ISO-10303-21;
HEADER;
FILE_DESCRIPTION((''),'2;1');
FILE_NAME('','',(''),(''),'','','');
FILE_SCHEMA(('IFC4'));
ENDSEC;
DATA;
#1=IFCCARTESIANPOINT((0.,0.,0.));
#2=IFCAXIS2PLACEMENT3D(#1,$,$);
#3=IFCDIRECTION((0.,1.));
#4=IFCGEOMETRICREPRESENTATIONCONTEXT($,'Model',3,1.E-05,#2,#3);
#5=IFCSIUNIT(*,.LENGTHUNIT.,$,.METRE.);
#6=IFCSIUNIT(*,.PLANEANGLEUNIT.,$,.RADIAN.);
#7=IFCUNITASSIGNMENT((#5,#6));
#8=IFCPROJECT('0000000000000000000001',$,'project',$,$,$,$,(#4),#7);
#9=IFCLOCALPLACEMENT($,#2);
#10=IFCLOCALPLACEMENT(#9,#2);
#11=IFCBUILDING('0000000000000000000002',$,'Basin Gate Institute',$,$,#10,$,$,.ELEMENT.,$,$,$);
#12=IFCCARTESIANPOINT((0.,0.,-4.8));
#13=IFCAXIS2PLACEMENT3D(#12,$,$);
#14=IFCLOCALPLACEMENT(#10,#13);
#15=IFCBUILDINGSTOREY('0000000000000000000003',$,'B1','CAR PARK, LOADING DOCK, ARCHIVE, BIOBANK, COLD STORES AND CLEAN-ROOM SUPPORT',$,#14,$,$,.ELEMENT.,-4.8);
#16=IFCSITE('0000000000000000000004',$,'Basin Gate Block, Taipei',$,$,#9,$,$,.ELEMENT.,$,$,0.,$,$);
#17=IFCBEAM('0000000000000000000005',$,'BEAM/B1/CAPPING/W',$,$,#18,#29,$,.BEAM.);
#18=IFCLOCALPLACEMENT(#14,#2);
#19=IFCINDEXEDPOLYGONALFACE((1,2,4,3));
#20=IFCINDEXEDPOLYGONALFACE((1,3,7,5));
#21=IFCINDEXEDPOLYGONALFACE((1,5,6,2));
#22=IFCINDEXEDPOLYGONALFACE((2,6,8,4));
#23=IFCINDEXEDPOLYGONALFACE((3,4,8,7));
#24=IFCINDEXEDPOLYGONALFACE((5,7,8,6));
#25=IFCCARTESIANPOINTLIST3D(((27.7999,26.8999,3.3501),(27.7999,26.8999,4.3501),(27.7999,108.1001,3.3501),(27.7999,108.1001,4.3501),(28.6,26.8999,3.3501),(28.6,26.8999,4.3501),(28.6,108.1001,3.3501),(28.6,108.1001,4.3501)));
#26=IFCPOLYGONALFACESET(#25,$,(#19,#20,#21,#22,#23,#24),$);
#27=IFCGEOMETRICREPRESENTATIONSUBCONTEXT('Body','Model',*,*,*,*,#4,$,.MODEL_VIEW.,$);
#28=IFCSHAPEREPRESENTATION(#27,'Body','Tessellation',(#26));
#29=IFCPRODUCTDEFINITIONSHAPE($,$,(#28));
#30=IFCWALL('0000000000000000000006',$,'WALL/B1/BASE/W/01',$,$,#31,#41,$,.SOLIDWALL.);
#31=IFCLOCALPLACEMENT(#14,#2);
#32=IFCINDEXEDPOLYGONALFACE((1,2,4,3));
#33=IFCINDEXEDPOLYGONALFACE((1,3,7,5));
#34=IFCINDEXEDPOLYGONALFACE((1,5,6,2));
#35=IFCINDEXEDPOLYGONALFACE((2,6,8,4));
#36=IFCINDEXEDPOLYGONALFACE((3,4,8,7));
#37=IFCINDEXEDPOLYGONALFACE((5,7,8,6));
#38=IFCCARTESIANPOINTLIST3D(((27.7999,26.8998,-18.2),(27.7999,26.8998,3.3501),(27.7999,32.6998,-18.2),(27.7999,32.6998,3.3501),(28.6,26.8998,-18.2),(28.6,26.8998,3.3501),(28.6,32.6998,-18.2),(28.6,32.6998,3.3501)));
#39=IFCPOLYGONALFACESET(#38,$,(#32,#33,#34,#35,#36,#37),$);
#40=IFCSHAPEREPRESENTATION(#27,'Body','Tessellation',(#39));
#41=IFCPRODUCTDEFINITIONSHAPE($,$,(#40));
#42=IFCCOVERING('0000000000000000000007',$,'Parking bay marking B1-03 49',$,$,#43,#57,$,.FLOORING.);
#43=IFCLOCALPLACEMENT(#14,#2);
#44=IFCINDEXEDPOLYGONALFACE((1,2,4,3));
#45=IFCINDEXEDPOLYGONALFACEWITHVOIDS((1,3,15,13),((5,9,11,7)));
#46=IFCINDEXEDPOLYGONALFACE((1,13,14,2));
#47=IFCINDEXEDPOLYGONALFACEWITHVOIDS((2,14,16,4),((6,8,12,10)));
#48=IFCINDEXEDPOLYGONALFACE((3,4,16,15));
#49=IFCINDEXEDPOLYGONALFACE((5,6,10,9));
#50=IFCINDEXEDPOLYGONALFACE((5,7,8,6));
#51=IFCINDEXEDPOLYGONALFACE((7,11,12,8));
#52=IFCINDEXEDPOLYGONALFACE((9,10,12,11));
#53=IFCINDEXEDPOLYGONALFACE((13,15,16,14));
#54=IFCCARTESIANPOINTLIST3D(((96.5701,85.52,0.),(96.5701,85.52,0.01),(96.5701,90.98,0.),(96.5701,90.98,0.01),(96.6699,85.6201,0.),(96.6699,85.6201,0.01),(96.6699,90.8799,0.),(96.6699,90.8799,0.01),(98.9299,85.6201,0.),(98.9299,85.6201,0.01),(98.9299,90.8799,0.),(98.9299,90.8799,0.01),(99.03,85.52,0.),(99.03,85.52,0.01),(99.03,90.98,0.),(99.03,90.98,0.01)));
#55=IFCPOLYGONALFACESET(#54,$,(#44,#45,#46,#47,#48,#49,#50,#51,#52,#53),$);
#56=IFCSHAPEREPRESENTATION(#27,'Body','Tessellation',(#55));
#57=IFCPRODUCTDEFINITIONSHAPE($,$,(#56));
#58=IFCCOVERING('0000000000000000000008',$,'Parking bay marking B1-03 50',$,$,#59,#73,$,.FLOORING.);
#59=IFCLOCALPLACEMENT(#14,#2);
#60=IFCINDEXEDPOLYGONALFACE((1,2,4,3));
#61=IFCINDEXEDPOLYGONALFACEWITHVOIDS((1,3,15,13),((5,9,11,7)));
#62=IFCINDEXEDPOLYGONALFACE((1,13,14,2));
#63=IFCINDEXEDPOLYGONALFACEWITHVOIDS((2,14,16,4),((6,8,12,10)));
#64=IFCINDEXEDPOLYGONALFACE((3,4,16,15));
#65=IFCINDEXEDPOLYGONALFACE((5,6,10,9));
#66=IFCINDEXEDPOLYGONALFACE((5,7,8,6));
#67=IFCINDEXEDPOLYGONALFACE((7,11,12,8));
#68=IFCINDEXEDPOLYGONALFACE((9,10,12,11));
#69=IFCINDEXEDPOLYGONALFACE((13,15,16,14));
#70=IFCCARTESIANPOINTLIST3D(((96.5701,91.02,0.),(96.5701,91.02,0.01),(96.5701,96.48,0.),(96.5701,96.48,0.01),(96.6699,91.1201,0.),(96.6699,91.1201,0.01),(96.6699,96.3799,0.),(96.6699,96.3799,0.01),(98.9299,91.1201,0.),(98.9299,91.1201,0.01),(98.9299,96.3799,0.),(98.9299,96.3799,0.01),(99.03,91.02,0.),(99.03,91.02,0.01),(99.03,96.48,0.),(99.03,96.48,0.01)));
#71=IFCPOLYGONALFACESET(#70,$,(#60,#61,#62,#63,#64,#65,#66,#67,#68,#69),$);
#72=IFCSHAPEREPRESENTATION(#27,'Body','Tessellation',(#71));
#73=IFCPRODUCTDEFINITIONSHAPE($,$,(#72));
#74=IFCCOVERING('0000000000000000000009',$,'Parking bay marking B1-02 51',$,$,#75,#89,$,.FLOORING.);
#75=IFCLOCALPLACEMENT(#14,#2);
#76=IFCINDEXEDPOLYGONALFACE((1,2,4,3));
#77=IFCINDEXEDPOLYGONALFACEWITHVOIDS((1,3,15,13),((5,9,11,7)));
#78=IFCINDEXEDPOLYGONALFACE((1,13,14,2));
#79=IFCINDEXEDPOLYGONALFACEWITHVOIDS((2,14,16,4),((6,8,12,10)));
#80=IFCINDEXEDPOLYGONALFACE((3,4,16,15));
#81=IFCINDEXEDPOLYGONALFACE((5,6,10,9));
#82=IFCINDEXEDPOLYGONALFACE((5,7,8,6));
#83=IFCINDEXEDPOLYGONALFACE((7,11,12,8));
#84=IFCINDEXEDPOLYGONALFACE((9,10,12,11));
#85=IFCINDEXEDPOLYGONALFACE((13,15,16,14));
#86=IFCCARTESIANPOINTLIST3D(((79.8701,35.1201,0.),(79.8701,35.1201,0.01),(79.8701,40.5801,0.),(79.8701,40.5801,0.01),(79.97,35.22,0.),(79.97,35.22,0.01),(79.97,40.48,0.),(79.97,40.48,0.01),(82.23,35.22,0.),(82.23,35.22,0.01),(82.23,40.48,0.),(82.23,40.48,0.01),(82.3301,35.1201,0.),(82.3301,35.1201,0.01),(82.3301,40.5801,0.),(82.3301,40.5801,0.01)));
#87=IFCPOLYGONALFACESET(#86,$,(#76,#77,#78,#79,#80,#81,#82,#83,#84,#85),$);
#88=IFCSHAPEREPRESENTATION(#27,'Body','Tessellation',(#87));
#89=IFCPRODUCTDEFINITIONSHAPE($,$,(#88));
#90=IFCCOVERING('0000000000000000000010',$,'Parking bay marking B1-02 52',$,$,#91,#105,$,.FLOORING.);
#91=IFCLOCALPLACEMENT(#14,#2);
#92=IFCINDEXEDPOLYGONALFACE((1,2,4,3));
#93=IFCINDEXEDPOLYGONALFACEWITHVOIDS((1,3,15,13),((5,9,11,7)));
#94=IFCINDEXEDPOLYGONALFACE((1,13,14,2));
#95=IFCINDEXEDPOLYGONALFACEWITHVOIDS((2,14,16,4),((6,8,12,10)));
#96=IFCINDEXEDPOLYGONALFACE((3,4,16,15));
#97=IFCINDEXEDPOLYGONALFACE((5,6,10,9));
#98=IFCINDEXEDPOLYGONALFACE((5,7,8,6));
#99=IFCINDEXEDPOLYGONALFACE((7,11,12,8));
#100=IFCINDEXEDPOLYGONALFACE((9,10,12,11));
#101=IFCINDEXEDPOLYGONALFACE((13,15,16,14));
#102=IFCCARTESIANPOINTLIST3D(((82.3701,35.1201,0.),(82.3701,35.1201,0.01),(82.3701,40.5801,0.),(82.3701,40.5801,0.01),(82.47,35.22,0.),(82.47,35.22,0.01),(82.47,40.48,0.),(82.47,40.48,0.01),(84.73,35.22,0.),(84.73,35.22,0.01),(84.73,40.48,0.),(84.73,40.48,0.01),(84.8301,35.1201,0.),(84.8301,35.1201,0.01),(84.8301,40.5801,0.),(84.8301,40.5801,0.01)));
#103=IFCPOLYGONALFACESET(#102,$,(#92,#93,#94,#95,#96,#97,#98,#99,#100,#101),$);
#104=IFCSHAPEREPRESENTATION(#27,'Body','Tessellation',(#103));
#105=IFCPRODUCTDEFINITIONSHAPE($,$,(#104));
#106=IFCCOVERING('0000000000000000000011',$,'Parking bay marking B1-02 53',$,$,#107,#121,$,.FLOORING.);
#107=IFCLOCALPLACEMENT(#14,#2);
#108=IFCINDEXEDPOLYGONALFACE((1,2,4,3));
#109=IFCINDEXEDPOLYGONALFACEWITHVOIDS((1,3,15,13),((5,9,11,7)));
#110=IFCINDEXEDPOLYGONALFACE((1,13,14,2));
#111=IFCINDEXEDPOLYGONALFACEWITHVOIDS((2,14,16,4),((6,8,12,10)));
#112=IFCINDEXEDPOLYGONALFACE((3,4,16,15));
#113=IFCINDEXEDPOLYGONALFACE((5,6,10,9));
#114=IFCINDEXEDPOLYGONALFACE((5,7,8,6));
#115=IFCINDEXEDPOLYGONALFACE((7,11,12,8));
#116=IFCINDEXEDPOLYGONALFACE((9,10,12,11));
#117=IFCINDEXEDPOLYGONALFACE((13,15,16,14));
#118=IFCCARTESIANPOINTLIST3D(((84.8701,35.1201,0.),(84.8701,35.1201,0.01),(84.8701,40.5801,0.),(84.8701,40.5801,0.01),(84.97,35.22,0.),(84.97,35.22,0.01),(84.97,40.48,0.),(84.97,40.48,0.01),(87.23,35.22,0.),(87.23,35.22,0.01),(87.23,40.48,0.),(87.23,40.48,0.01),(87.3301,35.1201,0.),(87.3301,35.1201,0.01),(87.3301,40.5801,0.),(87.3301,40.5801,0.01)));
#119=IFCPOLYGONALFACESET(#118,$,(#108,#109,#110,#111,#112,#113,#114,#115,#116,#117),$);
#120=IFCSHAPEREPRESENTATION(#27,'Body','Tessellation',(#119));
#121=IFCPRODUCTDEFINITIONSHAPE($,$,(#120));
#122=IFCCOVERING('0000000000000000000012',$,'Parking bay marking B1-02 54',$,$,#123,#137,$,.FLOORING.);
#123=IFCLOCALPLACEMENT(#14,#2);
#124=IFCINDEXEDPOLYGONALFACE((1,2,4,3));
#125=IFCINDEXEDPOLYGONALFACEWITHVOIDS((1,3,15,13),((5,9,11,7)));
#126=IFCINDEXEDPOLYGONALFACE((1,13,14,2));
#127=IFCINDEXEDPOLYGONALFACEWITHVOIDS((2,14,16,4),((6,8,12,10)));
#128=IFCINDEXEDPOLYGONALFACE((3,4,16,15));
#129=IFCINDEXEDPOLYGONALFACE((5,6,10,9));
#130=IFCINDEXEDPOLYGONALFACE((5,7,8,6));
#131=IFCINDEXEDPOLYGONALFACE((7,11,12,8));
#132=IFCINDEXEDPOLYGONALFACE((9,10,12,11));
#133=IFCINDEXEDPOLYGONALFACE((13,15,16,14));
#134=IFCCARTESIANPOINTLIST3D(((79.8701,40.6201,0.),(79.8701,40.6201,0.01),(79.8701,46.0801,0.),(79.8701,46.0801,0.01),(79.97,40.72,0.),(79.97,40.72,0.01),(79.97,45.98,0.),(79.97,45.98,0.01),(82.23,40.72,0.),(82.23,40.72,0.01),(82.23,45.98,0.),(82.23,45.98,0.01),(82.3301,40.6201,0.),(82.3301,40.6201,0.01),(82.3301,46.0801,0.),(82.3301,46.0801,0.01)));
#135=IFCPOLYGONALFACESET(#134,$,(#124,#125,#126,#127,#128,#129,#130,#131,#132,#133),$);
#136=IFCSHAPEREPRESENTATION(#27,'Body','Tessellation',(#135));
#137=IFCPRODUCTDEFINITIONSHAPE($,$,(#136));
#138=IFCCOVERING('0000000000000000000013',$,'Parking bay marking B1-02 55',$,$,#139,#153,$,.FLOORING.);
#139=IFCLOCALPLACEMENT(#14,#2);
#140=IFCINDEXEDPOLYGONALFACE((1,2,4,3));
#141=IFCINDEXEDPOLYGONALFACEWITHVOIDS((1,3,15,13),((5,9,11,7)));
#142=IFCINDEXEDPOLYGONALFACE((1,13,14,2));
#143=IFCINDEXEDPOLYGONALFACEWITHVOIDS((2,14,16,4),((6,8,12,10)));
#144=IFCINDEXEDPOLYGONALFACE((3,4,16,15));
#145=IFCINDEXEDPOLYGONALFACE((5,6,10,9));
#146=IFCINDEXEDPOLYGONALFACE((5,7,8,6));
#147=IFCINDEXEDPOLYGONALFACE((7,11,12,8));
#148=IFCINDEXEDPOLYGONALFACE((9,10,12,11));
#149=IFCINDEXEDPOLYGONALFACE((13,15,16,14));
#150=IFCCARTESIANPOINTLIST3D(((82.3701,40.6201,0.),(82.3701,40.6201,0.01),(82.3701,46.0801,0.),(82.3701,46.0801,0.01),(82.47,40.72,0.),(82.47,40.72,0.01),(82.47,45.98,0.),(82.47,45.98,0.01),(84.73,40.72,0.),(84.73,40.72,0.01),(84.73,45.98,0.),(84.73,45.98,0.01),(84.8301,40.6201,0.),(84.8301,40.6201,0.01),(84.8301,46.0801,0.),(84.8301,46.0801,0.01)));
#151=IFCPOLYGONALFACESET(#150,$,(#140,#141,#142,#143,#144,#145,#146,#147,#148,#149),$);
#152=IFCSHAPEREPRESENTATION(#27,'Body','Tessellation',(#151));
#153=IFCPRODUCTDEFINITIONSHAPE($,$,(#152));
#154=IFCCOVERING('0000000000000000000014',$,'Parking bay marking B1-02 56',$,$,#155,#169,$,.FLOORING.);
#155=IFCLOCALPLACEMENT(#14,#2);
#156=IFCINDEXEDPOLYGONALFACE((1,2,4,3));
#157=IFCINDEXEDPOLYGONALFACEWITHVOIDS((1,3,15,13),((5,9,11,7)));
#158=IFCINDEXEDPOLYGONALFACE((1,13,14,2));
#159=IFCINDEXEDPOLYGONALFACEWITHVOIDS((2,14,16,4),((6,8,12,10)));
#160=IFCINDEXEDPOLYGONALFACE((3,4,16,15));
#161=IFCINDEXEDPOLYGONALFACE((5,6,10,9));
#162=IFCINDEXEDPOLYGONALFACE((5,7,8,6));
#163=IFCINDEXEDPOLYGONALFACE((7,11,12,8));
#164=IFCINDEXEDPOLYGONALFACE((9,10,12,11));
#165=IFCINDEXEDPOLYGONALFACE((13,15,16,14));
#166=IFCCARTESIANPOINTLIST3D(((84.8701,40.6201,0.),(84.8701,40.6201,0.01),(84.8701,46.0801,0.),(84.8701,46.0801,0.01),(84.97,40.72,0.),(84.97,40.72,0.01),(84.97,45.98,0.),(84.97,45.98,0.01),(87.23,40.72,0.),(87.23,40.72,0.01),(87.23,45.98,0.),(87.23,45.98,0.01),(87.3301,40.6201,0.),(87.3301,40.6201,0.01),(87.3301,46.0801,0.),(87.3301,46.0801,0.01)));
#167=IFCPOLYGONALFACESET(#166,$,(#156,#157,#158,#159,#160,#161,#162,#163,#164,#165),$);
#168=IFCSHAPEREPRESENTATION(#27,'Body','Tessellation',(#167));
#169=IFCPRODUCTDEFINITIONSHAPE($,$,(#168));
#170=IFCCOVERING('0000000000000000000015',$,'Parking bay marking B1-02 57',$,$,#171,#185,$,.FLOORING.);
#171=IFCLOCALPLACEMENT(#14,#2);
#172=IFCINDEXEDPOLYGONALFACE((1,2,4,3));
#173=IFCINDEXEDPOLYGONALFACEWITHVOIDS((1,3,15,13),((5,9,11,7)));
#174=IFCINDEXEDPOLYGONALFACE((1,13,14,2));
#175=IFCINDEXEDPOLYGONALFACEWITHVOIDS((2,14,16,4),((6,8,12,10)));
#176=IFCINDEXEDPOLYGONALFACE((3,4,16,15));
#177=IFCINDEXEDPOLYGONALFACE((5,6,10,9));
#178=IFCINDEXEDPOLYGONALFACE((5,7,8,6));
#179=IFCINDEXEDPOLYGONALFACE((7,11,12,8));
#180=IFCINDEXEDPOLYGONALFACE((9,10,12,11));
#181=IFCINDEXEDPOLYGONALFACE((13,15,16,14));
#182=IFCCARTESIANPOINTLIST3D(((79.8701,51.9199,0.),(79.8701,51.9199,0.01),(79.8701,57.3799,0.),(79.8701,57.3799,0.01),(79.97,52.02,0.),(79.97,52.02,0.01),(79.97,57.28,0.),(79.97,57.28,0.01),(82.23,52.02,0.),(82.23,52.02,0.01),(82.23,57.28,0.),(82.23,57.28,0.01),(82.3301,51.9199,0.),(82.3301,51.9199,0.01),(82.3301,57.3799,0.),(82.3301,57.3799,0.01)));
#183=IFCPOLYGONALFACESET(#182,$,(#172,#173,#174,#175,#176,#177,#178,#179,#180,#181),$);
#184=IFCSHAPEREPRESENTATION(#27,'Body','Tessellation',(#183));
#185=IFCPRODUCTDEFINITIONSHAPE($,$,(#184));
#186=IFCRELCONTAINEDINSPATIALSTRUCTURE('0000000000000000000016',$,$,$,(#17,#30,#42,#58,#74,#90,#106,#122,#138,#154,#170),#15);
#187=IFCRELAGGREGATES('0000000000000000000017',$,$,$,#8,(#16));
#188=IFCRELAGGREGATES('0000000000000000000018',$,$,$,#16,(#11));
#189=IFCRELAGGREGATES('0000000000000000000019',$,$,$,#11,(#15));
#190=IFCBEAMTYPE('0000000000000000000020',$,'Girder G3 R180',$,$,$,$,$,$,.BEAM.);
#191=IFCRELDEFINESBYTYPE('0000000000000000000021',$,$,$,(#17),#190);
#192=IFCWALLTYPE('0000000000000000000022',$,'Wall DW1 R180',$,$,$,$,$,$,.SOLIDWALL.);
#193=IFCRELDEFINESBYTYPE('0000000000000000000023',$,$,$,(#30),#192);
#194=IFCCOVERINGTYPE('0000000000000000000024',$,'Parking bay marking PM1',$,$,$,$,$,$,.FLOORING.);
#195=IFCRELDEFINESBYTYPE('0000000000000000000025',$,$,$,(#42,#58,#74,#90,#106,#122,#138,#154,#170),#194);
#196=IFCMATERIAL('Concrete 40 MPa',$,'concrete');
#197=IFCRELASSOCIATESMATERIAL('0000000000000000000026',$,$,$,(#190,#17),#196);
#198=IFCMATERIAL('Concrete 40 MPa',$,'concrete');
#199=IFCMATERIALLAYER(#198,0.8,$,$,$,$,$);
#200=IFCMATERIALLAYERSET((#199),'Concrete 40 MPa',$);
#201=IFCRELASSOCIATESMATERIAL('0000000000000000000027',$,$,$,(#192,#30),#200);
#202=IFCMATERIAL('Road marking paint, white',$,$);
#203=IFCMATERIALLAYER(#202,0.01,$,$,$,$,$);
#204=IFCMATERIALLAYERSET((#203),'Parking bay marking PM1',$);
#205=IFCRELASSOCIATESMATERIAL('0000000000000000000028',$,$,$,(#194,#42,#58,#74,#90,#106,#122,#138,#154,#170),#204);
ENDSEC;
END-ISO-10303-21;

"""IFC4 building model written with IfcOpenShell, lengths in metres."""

from ifc_helpers import new_model, si_unit, direction, frame, frame_2d, origin, origin_2d, place, context, subcontext, project, spatial, polyline, rectangle, outline, extrude, material, layer, layer_set, material_profile, profile_set, type_object, element, save


model = new_model("IFC4")

# Units and contexts
model_context = context("Model", 3, precision=1e-05, world=origin(), true_north=direction((0.0, 1.0)))
body_context = subcontext(model_context, "Body", "Model", "MODEL_VIEW")
ifc_project = project(units=[si_unit("LENGTHUNIT", "METRE"), si_unit("PLANEANGLEUNIT", "RADIAN")], contexts=[model_context])

# Site, building, storey
site_placement = place(None, origin())
site = spatial("IfcSite", under=ifc_project, at=site_placement, Name="Basin Gate Block, Taipei", CompositionType="ELEMENT", RefElevation=0.0)
building_placement = place(site_placement, origin())
building = spatial("IfcBuilding", under=site, at=building_placement, Name="Basin Gate Institute", CompositionType="ELEMENT")
storey_placement = place(building_placement, frame((0.0, 0.0, -4.8)))
storey = spatial("IfcBuildingStorey", under=building, at=storey_placement, Name="B1", Description="CAR PARK, LOADING DOCK, ARCHIVE, BIOBANK, COLD STORES AND CLEAN-ROOM SUPPORT", CompositionType="ELEMENT", Elevation=-4.8)

# Beam
ifc_material_1 = material(Name="Concrete 40 MPa", Category="concrete")
ifc_material_profile = material_profile(ifc_material_1, rectangle(XDim=0.8, YDim=1.0, at=origin_2d()), Name="Girder G3 800 x 1000")
ifc_profile_set = profile_set([ifc_material_profile], Name="Concrete 40 MPa")
beam_type = type_object("IfcBeamType", Name="Girder G3 R180", PredefinedType="BEAM", material=ifc_profile_set)
beam_placement = place(storey_placement, frame((28.2, 26.8999, 3.8501), z_axis=(0.0, 1.0, 0.0), x_axis=(-1.0, 0.0, 0.0)))
element("IfcBeam", 1, at=beam_placement, inside=storey, type_object=beam_type, material=ifc_profile_set, Name="BEAM/B1/CAPPING/W", PredefinedType="BEAM", context=body_context, shape_type="SweptSolid", body=[
    extrude(rectangle(XDim=0.8, YDim=1.0, at=origin_2d()), origin(), (0.0, 0.0, 1.0), 81.2002),
])

# Wall
ifc_material_2 = material(Name="Concrete 40 MPa", Category="concrete")
ifc_layer_1 = layer(ifc_material_2, 0.8)
ifc_layer_set_1 = layer_set([ifc_layer_1], Name="Concrete 40 MPa")
wall_type = type_object("IfcWallType", Name="Wall DW1 R180", PredefinedType="SOLIDWALL", material=ifc_layer_set_1)
wall_placement = place(storey_placement, frame((28.2, 26.8999, -18.2), z_axis=(0.0, 0.0, 1.0), x_axis=(0.0, 1.0, 0.0)))
element("IfcWall", 2, at=wall_placement, inside=storey, type_object=wall_type, material=ifc_layer_set_1, Name="WALL/B1/BASE/W/01", PredefinedType="SOLIDWALL", context=body_context, shape_type="SweptSolid", body=[
    extrude(rectangle(XDim=5.8, YDim=0.8, at=frame_2d((2.8999, 0.0))), origin(), (0.0, 0.0, 1.0), 21.55),
])

# Coverings
ifc_material_3 = material(Name="Road marking paint, white")
ifc_layer_2 = layer(ifc_material_3, 0.01)
ifc_layer_set_2 = layer_set([ifc_layer_2], Name="Parking bay marking PM1")
covering_type = type_object("IfcCoveringType", Name="Parking bay marking PM1", PredefinedType="FLOORING", material=ifc_layer_set_2)
covering_1_placement = place(storey_placement, origin())
element("IfcCovering", 3, at=covering_1_placement, inside=storey, type_object=covering_type, material=ifc_layer_set_2, Name="Parking bay marking B1-03 49", PredefinedType="FLOORING", context=body_context, shape_type="SweptSolid", body=[
    extrude(outline(polyline([(96.5701, 85.52), (99.03, 85.52), (99.03, 90.98), (96.5701, 90.98), (96.5701, 85.52)]), holes=[polyline([(96.6699, 85.6201), (98.9299, 85.6201), (98.9299, 90.8799), (96.6699, 90.8799), (96.6699, 85.6201)])]), origin(), (0.0, 0.0, 1.0), 0.01),
])
covering_2_placement = place(storey_placement, origin())
element("IfcCovering", 4, at=covering_2_placement, inside=storey, type_object=covering_type, material=ifc_layer_set_2, Name="Parking bay marking B1-03 50", PredefinedType="FLOORING", context=body_context, shape_type="SweptSolid", body=[
    extrude(outline(polyline([(96.5701, 91.02), (99.03, 91.02), (99.03, 96.48), (96.5701, 96.48), (96.5701, 91.02)]), holes=[polyline([(96.6699, 91.1201), (98.9299, 91.1201), (98.9299, 96.3799), (96.6699, 96.3799), (96.6699, 91.1201)])]), origin(), (0.0, 0.0, 1.0), 0.01),
])
covering_3_placement = place(storey_placement, origin())
element("IfcCovering", 5, at=covering_3_placement, inside=storey, type_object=covering_type, material=ifc_layer_set_2, Name="Parking bay marking B1-02 51", PredefinedType="FLOORING", context=body_context, shape_type="SweptSolid", body=[
    extrude(outline(polyline([(79.8701, 35.1201), (82.3301, 35.1201), (82.3301, 40.5801), (79.8701, 40.5801), (79.8701, 35.1201)]), holes=[polyline([(79.97, 35.22), (82.23, 35.22), (82.23, 40.48), (79.97, 40.48), (79.97, 35.22)])]), origin(), (0.0, 0.0, 1.0), 0.01),
])
covering_4_placement = place(storey_placement, origin())
element("IfcCovering", 6, at=covering_4_placement, inside=storey, type_object=covering_type, material=ifc_layer_set_2, Name="Parking bay marking B1-02 52", PredefinedType="FLOORING", context=body_context, shape_type="SweptSolid", body=[
    extrude(outline(polyline([(82.3701, 35.1201), (84.8301, 35.1201), (84.8301, 40.5801), (82.3701, 40.5801), (82.3701, 35.1201)]), holes=[polyline([(82.47, 35.22), (84.73, 35.22), (84.73, 40.48), (82.47, 40.48), (82.47, 35.22)])]), origin(), (0.0, 0.0, 1.0), 0.01),
])
covering_5_placement = place(storey_placement, origin())
element("IfcCovering", 7, at=covering_5_placement, inside=storey, type_object=covering_type, material=ifc_layer_set_2, Name="Parking bay marking B1-02 53", PredefinedType="FLOORING", context=body_context, shape_type="SweptSolid", body=[
    extrude(outline(polyline([(84.8701, 35.1201), (87.3301, 35.1201), (87.3301, 40.5801), (84.8701, 40.5801), (84.8701, 35.1201)]), holes=[polyline([(84.97, 35.22), (87.23, 35.22), (87.23, 40.48), (84.97, 40.48), (84.97, 35.22)])]), origin(), (0.0, 0.0, 1.0), 0.01),
])
covering_6_placement = place(storey_placement, origin())
element("IfcCovering", 8, at=covering_6_placement, inside=storey, type_object=covering_type, material=ifc_layer_set_2, Name="Parking bay marking B1-02 54", PredefinedType="FLOORING", context=body_context, shape_type="SweptSolid", body=[
    extrude(outline(polyline([(79.8701, 40.6201), (82.3301, 40.6201), (82.3301, 46.0801), (79.8701, 46.0801), (79.8701, 40.6201)]), holes=[polyline([(79.97, 40.72), (82.23, 40.72), (82.23, 45.98), (79.97, 45.98), (79.97, 40.72)])]), origin(), (0.0, 0.0, 1.0), 0.01),
])
covering_7_placement = place(storey_placement, origin())
element("IfcCovering", 9, at=covering_7_placement, inside=storey, type_object=covering_type, material=ifc_layer_set_2, Name="Parking bay marking B1-02 55", PredefinedType="FLOORING", context=body_context, shape_type="SweptSolid", body=[
    extrude(outline(polyline([(82.3701, 40.6201), (84.8301, 40.6201), (84.8301, 46.0801), (82.3701, 46.0801), (82.3701, 40.6201)]), holes=[polyline([(82.47, 40.72), (84.73, 40.72), (84.73, 45.98), (82.47, 45.98), (82.47, 40.72)])]), origin(), (0.0, 0.0, 1.0), 0.01),
])
covering_8_placement = place(storey_placement, origin())
element("IfcCovering", 10, at=covering_8_placement, inside=storey, type_object=covering_type, material=ifc_layer_set_2, Name="Parking bay marking B1-02 56", PredefinedType="FLOORING", context=body_context, shape_type="SweptSolid", body=[
    extrude(outline(polyline([(84.8701, 40.6201), (87.3301, 40.6201), (87.3301, 46.0801), (84.8701, 46.0801), (84.8701, 40.6201)]), holes=[polyline([(84.97, 40.72), (87.23, 40.72), (87.23, 45.98), (84.97, 45.98), (84.97, 40.72)])]), origin(), (0.0, 0.0, 1.0), 0.01),
])
covering_9_placement = place(storey_placement, origin())
element("IfcCovering", 11, at=covering_9_placement, inside=storey, type_object=covering_type, material=ifc_layer_set_2, Name="Parking bay marking B1-02 57", PredefinedType="FLOORING", context=body_context, shape_type="SweptSolid", body=[
    extrude(outline(polyline([(79.8701, 51.9199), (82.3301, 51.9199), (82.3301, 57.3799), (79.8701, 57.3799), (79.8701, 51.9199)]), holes=[polyline([(79.97, 52.02), (82.23, 52.02), (82.23, 57.28), (79.97, 57.28), (79.97, 52.02)])]), origin(), (0.0, 0.0, 1.0), 0.01),
])

save(model, "model.ifc")
